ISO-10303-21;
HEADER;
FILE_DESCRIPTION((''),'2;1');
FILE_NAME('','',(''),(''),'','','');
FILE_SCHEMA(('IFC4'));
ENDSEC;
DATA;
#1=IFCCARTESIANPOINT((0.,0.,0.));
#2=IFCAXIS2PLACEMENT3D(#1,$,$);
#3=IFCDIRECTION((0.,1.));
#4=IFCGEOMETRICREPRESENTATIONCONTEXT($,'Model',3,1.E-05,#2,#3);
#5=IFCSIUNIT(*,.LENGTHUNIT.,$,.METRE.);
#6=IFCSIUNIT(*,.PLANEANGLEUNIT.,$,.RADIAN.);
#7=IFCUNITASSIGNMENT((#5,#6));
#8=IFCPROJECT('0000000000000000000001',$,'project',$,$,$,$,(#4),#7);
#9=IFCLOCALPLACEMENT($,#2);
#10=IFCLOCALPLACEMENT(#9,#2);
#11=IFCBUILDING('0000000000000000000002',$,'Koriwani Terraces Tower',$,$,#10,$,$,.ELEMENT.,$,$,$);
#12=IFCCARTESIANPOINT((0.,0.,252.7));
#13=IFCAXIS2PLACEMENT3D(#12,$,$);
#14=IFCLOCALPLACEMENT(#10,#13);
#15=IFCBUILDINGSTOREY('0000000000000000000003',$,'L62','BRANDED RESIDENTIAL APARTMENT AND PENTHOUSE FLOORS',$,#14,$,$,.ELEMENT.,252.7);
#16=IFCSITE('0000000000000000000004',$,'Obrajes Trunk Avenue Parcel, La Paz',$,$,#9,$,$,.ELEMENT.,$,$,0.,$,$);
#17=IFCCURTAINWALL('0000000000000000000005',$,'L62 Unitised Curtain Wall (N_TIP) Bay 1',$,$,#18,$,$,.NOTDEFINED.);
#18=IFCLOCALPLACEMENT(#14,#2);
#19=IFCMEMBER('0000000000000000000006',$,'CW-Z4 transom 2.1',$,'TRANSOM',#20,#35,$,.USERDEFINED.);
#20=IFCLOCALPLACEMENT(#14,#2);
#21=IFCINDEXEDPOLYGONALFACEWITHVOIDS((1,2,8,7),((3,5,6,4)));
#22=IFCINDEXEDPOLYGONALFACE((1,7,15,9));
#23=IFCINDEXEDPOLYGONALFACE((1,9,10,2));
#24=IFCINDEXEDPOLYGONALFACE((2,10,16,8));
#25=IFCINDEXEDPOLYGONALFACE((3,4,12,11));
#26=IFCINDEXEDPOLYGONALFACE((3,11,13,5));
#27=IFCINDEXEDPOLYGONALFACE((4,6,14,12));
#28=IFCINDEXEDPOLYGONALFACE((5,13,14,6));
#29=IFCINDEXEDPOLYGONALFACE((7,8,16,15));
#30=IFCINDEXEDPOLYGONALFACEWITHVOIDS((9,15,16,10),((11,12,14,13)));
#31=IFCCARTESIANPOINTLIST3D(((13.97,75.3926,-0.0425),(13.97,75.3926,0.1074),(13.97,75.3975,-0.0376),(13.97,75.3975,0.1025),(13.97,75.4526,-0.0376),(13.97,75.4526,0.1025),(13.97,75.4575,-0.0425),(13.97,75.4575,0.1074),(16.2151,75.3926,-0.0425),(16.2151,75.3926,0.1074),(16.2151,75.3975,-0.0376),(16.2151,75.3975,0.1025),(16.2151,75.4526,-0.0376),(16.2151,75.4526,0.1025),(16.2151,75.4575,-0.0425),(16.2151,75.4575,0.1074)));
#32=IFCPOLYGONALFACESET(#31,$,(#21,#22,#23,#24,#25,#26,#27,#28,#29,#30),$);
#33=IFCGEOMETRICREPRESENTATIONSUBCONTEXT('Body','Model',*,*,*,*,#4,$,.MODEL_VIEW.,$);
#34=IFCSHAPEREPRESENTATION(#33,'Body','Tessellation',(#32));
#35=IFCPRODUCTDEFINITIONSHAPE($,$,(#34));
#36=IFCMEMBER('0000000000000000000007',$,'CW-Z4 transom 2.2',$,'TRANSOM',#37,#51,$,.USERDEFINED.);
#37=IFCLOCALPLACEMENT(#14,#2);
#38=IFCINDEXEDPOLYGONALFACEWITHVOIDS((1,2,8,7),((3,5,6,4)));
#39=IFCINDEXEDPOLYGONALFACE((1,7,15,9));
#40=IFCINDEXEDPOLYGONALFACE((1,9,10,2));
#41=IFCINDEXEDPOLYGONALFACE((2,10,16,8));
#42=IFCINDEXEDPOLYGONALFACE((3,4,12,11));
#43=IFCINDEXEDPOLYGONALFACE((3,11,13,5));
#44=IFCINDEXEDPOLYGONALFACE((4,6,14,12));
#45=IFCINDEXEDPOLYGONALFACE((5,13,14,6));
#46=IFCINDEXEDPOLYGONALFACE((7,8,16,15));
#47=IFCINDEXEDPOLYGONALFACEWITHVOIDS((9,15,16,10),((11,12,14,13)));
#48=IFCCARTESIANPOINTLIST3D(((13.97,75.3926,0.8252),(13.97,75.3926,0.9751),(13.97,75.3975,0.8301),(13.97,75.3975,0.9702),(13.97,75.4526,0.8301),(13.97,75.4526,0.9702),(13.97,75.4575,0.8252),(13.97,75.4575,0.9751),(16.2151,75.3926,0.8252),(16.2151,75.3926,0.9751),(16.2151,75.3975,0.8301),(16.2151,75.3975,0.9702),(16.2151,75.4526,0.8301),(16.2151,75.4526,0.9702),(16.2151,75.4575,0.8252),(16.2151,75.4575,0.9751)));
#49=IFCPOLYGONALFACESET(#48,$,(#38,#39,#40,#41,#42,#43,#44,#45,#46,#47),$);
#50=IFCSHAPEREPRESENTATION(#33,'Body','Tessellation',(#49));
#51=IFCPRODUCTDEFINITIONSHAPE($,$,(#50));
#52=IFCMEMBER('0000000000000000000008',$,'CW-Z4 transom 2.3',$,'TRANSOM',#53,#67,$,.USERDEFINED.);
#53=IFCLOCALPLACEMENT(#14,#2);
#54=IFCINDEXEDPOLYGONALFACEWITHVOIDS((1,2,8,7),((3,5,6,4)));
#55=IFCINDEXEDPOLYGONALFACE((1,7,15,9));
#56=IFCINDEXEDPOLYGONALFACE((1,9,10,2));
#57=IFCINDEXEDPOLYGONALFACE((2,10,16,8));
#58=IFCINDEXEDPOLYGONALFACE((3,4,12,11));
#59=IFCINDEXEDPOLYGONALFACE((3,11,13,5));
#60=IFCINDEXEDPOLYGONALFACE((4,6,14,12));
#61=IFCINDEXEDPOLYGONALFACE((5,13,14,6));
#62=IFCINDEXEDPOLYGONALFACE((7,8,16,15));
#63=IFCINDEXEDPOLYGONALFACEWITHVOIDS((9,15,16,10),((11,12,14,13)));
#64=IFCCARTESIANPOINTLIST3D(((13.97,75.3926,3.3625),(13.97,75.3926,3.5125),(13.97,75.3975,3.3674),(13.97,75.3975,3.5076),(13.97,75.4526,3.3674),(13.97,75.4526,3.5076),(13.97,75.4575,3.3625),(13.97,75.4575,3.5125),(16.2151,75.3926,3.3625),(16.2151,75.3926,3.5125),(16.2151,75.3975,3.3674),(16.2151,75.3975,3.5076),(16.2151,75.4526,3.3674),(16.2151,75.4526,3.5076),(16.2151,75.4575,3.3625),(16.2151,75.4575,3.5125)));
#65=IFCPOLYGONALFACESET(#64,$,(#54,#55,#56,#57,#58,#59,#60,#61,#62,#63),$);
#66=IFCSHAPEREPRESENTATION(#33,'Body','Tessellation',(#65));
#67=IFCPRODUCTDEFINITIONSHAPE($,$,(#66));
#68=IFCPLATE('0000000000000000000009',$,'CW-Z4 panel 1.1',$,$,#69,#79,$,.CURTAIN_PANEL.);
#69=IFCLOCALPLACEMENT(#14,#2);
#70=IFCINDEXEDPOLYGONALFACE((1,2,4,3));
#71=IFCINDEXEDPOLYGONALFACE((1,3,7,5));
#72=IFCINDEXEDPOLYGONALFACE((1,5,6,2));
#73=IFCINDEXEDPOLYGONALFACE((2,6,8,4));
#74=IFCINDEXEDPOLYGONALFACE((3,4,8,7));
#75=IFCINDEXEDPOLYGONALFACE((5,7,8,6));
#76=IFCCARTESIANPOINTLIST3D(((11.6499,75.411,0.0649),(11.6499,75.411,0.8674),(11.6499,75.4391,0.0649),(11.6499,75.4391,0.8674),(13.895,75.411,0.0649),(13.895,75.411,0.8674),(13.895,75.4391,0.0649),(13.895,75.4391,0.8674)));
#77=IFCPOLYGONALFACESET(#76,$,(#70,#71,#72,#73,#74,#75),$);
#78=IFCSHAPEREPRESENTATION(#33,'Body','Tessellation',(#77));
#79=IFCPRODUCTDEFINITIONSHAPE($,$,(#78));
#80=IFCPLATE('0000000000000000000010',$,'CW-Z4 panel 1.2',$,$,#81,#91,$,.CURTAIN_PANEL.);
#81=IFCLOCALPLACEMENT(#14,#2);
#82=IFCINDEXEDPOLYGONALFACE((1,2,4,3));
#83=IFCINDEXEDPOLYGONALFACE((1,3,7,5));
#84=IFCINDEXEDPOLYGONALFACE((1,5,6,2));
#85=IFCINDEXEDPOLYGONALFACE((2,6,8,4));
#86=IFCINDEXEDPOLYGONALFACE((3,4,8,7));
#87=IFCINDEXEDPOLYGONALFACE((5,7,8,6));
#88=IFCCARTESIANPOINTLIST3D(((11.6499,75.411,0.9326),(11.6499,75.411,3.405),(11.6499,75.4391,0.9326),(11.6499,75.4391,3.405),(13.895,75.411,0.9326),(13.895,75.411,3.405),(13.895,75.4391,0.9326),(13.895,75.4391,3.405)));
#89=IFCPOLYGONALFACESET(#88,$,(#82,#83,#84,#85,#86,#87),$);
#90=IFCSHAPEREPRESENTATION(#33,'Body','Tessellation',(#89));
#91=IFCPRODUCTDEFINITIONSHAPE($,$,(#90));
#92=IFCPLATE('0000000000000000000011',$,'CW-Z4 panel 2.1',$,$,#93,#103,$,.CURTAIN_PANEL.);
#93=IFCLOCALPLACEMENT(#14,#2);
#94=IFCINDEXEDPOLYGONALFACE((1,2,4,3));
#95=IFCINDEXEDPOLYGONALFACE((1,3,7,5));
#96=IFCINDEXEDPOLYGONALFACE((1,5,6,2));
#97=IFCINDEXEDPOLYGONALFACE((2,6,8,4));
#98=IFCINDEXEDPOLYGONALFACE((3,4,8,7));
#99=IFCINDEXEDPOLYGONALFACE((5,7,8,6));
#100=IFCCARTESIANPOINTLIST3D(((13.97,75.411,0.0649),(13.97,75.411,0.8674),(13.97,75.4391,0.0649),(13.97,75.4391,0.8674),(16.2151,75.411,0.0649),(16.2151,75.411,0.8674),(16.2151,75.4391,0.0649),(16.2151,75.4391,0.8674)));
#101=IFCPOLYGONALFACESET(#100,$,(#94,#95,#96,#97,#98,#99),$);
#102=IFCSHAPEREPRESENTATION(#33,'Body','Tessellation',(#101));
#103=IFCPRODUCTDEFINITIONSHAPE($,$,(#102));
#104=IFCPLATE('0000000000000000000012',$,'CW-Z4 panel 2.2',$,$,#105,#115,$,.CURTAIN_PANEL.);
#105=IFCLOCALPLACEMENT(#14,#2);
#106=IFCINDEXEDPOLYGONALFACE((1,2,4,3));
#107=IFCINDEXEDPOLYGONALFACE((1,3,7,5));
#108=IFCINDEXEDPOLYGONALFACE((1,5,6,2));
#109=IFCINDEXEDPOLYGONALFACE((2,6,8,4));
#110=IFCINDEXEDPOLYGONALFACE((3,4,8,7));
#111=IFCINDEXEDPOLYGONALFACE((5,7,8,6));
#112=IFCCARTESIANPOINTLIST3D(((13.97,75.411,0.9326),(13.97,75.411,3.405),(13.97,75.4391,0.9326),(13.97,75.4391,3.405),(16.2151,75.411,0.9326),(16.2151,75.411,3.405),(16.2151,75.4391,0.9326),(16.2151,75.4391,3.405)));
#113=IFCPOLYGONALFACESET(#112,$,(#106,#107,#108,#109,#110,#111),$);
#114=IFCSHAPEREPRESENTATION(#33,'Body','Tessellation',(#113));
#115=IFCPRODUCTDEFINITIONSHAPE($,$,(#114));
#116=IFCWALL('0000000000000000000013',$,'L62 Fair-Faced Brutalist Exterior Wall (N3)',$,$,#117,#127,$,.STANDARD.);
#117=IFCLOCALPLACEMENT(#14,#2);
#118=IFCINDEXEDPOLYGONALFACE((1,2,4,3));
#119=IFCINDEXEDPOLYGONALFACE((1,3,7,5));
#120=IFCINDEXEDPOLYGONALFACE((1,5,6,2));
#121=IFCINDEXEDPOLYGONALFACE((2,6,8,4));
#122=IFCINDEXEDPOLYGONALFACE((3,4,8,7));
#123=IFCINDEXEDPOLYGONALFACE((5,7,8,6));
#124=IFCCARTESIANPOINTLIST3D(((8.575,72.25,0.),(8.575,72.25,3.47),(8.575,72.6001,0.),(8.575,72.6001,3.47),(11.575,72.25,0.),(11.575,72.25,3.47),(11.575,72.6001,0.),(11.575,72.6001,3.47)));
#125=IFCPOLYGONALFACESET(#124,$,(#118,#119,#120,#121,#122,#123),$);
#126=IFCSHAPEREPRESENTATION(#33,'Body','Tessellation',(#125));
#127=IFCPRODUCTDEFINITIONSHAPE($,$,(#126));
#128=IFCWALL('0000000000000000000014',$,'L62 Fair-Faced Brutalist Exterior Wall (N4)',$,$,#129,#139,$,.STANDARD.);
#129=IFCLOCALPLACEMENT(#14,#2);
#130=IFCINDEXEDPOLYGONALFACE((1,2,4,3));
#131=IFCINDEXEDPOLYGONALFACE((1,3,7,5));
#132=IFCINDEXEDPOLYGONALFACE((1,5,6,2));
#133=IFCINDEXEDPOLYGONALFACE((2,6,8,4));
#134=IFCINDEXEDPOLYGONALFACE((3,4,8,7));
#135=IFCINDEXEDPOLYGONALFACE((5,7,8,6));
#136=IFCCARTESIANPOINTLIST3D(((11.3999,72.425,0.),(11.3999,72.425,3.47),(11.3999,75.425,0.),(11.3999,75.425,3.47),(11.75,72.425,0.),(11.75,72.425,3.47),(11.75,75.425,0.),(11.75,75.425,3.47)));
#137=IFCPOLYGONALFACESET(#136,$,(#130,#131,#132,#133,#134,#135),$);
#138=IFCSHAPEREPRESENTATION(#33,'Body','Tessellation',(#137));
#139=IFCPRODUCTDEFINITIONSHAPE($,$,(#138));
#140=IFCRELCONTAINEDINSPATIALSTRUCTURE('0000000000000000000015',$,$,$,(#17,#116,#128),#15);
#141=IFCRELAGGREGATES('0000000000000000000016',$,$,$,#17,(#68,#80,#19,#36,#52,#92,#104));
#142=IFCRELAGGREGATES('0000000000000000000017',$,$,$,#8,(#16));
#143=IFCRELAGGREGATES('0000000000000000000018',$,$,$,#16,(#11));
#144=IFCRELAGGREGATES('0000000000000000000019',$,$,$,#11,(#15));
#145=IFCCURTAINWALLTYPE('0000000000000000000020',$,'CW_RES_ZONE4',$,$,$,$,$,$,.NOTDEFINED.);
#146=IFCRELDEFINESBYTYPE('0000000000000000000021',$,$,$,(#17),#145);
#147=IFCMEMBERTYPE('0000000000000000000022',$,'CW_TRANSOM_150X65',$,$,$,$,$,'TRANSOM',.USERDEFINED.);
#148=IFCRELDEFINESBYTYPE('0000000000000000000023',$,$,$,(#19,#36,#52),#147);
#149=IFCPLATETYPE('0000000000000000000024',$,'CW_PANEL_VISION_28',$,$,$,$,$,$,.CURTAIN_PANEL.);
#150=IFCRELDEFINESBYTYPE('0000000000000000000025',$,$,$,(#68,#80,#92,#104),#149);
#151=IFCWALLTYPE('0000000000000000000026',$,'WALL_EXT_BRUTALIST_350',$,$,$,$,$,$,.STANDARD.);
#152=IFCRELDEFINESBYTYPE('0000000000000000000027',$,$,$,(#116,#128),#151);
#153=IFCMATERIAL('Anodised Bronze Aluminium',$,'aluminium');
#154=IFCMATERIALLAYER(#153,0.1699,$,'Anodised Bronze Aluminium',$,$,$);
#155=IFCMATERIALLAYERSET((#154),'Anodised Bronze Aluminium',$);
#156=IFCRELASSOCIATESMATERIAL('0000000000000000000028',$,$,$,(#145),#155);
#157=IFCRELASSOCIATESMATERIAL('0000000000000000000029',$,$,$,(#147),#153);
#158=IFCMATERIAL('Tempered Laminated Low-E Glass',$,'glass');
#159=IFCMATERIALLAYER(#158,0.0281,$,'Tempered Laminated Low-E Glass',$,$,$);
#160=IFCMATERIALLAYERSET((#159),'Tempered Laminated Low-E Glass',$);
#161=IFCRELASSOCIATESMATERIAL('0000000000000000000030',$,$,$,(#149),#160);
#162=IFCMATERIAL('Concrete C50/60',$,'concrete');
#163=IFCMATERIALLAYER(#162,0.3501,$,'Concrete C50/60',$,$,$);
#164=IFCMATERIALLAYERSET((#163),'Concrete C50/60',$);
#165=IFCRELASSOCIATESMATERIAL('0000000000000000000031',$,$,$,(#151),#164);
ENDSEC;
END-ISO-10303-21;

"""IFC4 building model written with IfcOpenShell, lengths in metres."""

from ifc_helpers import new_model, si_unit, direction, frame, frame_2d, origin, origin_2d, place, context, subcontext, project, spatial, rectangle, hollow_rectangle, extrude, material, layer, layer_set, material_profile, profile_set, type_object, element, aggregate, save


model = new_model("IFC4")

# Units and contexts
model_context = context("Model", 3, precision=1e-05, world=origin(), true_north=direction((0.0, 1.0)))
body_context = subcontext(model_context, "Body", "Model", "MODEL_VIEW")
ifc_project = project(units=[si_unit("LENGTHUNIT", "METRE"), si_unit("PLANEANGLEUNIT", "RADIAN")], contexts=[model_context])

# Site, building, storey
site_placement = place(None, origin())
site = spatial("IfcSite", under=ifc_project, at=site_placement, Name="Obrajes Trunk Avenue Parcel, La Paz", CompositionType="ELEMENT", RefElevation=0.0)
building_placement = place(site_placement, origin())
building = spatial("IfcBuilding", under=site, at=building_placement, Name="Koriwani Terraces Tower", CompositionType="ELEMENT")
storey_placement = place(building_placement, frame((0.0, 0.0, 252.7)))
storey = spatial("IfcBuildingStorey", under=building, at=storey_placement, Name="L62", Description="BRANDED RESIDENTIAL APARTMENT AND PENTHOUSE FLOORS", CompositionType="ELEMENT", Elevation=252.7)

# Shared definitions
ifc_material_1 = material(Name="Concrete C50/60", Category="concrete")

# Curtain wall, members, plates
ifc_material_2 = material(Name="Anodised Bronze Aluminium", Category="aluminium")
ifc_layer_1 = layer(ifc_material_2, 0.1699, Name="Anodised Bronze Aluminium")
ifc_layer_set_1 = layer_set([ifc_layer_1], Name="Anodised Bronze Aluminium")
curtain_wall_type = type_object("IfcCurtainWallType", Name="CW_RES_ZONE4", PredefinedType="NOTDEFINED", material=ifc_layer_set_1)
curtain_wall_placement = place(storey_placement, origin())
curtain_wall = element("IfcCurtainWall", 1, at=curtain_wall_placement, inside=storey, type_object=curtain_wall_type, Name="L62 Unitised Curtain Wall (N_TIP) Bay 1", PredefinedType="NOTDEFINED")
ifc_material_profile_1 = material_profile(ifc_material_2, hollow_rectangle(XDim=0.0649, YDim=0.1499, WallThickness=0.0049, at=origin_2d()), Name="Anodised Bronze Aluminium", Category="LoadBearing")
ifc_profile_set_1 = profile_set([ifc_material_profile_1], Name="Anodised Bronze Aluminium")
member_type_1 = type_object("IfcMemberType", Name="CW_TRANSOM_150X65", ElementType="TRANSOM", PredefinedType="USERDEFINED", material=ifc_profile_set_1)
member_1_placement = place(storey_placement, frame((13.97, 75.425, 0.0325), z_axis=(1.0, 0.0, 0.0), x_axis=(0.0, 1.0, 0.0)))
member_1 = element("IfcMember", 2, at=member_1_placement, type_object=member_type_1, Name="CW-Z4 transom 2.1", ObjectType="TRANSOM", PredefinedType="USERDEFINED", context=body_context, shape_type="SweptSolid", body=[
    extrude(hollow_rectangle(XDim=0.0649, YDim=0.1499, WallThickness=0.0049, at=origin_2d()), origin(), (0.0, 0.0, 1.0), 2.2451),
])
member_2_placement = place(storey_placement, frame((13.97, 75.425, 0.9001), z_axis=(1.0, 0.0, 0.0), x_axis=(0.0, 1.0, 0.0)))
member_2 = element("IfcMember", 3, at=member_2_placement, type_object=member_type_1, Name="CW-Z4 transom 2.2", ObjectType="TRANSOM", PredefinedType="USERDEFINED", context=body_context, shape_type="SweptSolid", body=[
    extrude(hollow_rectangle(XDim=0.0649, YDim=0.1499, WallThickness=0.0049, at=origin_2d()), origin(), (0.0, 0.0, 1.0), 2.2451),
])
member_3_placement = place(storey_placement, frame((13.97, 75.425, 3.4375), z_axis=(1.0, 0.0, 0.0), x_axis=(0.0, 1.0, 0.0)))
member_3 = element("IfcMember", 4, at=member_3_placement, type_object=member_type_1, Name="CW-Z4 transom 2.3", ObjectType="TRANSOM", PredefinedType="USERDEFINED", context=body_context, shape_type="SweptSolid", body=[
    extrude(hollow_rectangle(XDim=0.0649, YDim=0.1499, WallThickness=0.0049, at=origin_2d()), origin(), (0.0, 0.0, 1.0), 2.2451),
])
ifc_material_3 = material(Name="Tempered Laminated Low-E Glass", Category="glass")
ifc_layer_2 = layer(ifc_material_3, 0.0281, Name="Tempered Laminated Low-E Glass")
ifc_layer_set_2 = layer_set([ifc_layer_2], Name="Tempered Laminated Low-E Glass")
plate_type = type_object("IfcPlateType", Name="CW_PANEL_VISION_28", PredefinedType="CURTAIN_PANEL", material=ifc_layer_set_2)
plate_1_placement = place(storey_placement, frame((12.7725, 75.425, 0.0649), z_axis=(0.0, 0.0, 1.0), x_axis=(1.0, 0.0, 0.0)))
plate_1 = element("IfcPlate", 5, at=plate_1_placement, type_object=plate_type, Name="CW-Z4 panel 1.1", PredefinedType="CURTAIN_PANEL", context=body_context, shape_type="SweptSolid", body=[
    extrude(rectangle(XDim=2.2451, YDim=0.0281, at=origin_2d()), origin(), (0.0, 0.0, 1.0), 0.8025),
])
plate_2_placement = place(storey_placement, frame((12.7725, 75.425, 0.9326), z_axis=(0.0, 0.0, 1.0), x_axis=(1.0, 0.0, 0.0)))
plate_2 = element("IfcPlate", 6, at=plate_2_placement, type_object=plate_type, Name="CW-Z4 panel 1.2", PredefinedType="CURTAIN_PANEL", context=body_context, shape_type="SweptSolid", body=[
    extrude(rectangle(XDim=2.2451, YDim=0.0281, at=origin_2d()), origin(), (0.0, 0.0, 1.0), 2.4724),
])
plate_3_placement = place(storey_placement, frame((15.0925, 75.425, 0.0649), z_axis=(0.0, 0.0, 1.0), x_axis=(1.0, 0.0, 0.0)))
plate_3 = element("IfcPlate", 7, at=plate_3_placement, type_object=plate_type, Name="CW-Z4 panel 2.1", PredefinedType="CURTAIN_PANEL", context=body_context, shape_type="SweptSolid", body=[
    extrude(rectangle(XDim=2.2451, YDim=0.0281, at=origin_2d()), origin(), (0.0, 0.0, 1.0), 0.8025),
])
plate_4_placement = place(storey_placement, frame((15.0925, 75.425, 0.9326), z_axis=(0.0, 0.0, 1.0), x_axis=(1.0, 0.0, 0.0)))
plate_4 = element("IfcPlate", 8, at=plate_4_placement, type_object=plate_type, Name="CW-Z4 panel 2.2", PredefinedType="CURTAIN_PANEL", context=body_context, shape_type="SweptSolid", body=[
    extrude(rectangle(XDim=2.2451, YDim=0.0281, at=origin_2d()), origin(), (0.0, 0.0, 1.0), 2.4724),
])
aggregate(curtain_wall, [plate_1, plate_2, member_1, member_2, member_3, plate_3, plate_4])

# Walls
ifc_layer_3 = layer(ifc_material_1, 0.3501, Name="Concrete C50/60")
ifc_layer_set_3 = layer_set([ifc_layer_3], Name="Concrete C50/60")
wall_type = type_object("IfcWallType", Name="WALL_EXT_BRUTALIST_350", PredefinedType="STANDARD", material=ifc_layer_set_3)
for number, where, z_axis, x_axis, name in (
    (9, (8.575, 72.425, 0.0), (0.0, 0.0, 1.0), (1.0, 0.0, 0.0), "L62 Fair-Faced Brutalist Exterior Wall (N3)"),
    (10, (11.575, 72.425, 0.0), (0.0, 0.0, 1.0), (0.0, 1.0, 0.0), "L62 Fair-Faced Brutalist Exterior Wall (N4)"),
):
    element("IfcWall", number, at=place(storey_placement, frame(where, z_axis=z_axis, x_axis=x_axis)), inside=storey, type_object=wall_type, Name=name, PredefinedType="STANDARD", context=body_context, shape_type="SweptSolid", body=[
        extrude(rectangle(XDim=3.0, YDim=0.3501, at=frame_2d((1.5, 0.0))), origin(), (0.0, 0.0, 1.0), 3.47),
    ])

save(model, "model.ifc")
